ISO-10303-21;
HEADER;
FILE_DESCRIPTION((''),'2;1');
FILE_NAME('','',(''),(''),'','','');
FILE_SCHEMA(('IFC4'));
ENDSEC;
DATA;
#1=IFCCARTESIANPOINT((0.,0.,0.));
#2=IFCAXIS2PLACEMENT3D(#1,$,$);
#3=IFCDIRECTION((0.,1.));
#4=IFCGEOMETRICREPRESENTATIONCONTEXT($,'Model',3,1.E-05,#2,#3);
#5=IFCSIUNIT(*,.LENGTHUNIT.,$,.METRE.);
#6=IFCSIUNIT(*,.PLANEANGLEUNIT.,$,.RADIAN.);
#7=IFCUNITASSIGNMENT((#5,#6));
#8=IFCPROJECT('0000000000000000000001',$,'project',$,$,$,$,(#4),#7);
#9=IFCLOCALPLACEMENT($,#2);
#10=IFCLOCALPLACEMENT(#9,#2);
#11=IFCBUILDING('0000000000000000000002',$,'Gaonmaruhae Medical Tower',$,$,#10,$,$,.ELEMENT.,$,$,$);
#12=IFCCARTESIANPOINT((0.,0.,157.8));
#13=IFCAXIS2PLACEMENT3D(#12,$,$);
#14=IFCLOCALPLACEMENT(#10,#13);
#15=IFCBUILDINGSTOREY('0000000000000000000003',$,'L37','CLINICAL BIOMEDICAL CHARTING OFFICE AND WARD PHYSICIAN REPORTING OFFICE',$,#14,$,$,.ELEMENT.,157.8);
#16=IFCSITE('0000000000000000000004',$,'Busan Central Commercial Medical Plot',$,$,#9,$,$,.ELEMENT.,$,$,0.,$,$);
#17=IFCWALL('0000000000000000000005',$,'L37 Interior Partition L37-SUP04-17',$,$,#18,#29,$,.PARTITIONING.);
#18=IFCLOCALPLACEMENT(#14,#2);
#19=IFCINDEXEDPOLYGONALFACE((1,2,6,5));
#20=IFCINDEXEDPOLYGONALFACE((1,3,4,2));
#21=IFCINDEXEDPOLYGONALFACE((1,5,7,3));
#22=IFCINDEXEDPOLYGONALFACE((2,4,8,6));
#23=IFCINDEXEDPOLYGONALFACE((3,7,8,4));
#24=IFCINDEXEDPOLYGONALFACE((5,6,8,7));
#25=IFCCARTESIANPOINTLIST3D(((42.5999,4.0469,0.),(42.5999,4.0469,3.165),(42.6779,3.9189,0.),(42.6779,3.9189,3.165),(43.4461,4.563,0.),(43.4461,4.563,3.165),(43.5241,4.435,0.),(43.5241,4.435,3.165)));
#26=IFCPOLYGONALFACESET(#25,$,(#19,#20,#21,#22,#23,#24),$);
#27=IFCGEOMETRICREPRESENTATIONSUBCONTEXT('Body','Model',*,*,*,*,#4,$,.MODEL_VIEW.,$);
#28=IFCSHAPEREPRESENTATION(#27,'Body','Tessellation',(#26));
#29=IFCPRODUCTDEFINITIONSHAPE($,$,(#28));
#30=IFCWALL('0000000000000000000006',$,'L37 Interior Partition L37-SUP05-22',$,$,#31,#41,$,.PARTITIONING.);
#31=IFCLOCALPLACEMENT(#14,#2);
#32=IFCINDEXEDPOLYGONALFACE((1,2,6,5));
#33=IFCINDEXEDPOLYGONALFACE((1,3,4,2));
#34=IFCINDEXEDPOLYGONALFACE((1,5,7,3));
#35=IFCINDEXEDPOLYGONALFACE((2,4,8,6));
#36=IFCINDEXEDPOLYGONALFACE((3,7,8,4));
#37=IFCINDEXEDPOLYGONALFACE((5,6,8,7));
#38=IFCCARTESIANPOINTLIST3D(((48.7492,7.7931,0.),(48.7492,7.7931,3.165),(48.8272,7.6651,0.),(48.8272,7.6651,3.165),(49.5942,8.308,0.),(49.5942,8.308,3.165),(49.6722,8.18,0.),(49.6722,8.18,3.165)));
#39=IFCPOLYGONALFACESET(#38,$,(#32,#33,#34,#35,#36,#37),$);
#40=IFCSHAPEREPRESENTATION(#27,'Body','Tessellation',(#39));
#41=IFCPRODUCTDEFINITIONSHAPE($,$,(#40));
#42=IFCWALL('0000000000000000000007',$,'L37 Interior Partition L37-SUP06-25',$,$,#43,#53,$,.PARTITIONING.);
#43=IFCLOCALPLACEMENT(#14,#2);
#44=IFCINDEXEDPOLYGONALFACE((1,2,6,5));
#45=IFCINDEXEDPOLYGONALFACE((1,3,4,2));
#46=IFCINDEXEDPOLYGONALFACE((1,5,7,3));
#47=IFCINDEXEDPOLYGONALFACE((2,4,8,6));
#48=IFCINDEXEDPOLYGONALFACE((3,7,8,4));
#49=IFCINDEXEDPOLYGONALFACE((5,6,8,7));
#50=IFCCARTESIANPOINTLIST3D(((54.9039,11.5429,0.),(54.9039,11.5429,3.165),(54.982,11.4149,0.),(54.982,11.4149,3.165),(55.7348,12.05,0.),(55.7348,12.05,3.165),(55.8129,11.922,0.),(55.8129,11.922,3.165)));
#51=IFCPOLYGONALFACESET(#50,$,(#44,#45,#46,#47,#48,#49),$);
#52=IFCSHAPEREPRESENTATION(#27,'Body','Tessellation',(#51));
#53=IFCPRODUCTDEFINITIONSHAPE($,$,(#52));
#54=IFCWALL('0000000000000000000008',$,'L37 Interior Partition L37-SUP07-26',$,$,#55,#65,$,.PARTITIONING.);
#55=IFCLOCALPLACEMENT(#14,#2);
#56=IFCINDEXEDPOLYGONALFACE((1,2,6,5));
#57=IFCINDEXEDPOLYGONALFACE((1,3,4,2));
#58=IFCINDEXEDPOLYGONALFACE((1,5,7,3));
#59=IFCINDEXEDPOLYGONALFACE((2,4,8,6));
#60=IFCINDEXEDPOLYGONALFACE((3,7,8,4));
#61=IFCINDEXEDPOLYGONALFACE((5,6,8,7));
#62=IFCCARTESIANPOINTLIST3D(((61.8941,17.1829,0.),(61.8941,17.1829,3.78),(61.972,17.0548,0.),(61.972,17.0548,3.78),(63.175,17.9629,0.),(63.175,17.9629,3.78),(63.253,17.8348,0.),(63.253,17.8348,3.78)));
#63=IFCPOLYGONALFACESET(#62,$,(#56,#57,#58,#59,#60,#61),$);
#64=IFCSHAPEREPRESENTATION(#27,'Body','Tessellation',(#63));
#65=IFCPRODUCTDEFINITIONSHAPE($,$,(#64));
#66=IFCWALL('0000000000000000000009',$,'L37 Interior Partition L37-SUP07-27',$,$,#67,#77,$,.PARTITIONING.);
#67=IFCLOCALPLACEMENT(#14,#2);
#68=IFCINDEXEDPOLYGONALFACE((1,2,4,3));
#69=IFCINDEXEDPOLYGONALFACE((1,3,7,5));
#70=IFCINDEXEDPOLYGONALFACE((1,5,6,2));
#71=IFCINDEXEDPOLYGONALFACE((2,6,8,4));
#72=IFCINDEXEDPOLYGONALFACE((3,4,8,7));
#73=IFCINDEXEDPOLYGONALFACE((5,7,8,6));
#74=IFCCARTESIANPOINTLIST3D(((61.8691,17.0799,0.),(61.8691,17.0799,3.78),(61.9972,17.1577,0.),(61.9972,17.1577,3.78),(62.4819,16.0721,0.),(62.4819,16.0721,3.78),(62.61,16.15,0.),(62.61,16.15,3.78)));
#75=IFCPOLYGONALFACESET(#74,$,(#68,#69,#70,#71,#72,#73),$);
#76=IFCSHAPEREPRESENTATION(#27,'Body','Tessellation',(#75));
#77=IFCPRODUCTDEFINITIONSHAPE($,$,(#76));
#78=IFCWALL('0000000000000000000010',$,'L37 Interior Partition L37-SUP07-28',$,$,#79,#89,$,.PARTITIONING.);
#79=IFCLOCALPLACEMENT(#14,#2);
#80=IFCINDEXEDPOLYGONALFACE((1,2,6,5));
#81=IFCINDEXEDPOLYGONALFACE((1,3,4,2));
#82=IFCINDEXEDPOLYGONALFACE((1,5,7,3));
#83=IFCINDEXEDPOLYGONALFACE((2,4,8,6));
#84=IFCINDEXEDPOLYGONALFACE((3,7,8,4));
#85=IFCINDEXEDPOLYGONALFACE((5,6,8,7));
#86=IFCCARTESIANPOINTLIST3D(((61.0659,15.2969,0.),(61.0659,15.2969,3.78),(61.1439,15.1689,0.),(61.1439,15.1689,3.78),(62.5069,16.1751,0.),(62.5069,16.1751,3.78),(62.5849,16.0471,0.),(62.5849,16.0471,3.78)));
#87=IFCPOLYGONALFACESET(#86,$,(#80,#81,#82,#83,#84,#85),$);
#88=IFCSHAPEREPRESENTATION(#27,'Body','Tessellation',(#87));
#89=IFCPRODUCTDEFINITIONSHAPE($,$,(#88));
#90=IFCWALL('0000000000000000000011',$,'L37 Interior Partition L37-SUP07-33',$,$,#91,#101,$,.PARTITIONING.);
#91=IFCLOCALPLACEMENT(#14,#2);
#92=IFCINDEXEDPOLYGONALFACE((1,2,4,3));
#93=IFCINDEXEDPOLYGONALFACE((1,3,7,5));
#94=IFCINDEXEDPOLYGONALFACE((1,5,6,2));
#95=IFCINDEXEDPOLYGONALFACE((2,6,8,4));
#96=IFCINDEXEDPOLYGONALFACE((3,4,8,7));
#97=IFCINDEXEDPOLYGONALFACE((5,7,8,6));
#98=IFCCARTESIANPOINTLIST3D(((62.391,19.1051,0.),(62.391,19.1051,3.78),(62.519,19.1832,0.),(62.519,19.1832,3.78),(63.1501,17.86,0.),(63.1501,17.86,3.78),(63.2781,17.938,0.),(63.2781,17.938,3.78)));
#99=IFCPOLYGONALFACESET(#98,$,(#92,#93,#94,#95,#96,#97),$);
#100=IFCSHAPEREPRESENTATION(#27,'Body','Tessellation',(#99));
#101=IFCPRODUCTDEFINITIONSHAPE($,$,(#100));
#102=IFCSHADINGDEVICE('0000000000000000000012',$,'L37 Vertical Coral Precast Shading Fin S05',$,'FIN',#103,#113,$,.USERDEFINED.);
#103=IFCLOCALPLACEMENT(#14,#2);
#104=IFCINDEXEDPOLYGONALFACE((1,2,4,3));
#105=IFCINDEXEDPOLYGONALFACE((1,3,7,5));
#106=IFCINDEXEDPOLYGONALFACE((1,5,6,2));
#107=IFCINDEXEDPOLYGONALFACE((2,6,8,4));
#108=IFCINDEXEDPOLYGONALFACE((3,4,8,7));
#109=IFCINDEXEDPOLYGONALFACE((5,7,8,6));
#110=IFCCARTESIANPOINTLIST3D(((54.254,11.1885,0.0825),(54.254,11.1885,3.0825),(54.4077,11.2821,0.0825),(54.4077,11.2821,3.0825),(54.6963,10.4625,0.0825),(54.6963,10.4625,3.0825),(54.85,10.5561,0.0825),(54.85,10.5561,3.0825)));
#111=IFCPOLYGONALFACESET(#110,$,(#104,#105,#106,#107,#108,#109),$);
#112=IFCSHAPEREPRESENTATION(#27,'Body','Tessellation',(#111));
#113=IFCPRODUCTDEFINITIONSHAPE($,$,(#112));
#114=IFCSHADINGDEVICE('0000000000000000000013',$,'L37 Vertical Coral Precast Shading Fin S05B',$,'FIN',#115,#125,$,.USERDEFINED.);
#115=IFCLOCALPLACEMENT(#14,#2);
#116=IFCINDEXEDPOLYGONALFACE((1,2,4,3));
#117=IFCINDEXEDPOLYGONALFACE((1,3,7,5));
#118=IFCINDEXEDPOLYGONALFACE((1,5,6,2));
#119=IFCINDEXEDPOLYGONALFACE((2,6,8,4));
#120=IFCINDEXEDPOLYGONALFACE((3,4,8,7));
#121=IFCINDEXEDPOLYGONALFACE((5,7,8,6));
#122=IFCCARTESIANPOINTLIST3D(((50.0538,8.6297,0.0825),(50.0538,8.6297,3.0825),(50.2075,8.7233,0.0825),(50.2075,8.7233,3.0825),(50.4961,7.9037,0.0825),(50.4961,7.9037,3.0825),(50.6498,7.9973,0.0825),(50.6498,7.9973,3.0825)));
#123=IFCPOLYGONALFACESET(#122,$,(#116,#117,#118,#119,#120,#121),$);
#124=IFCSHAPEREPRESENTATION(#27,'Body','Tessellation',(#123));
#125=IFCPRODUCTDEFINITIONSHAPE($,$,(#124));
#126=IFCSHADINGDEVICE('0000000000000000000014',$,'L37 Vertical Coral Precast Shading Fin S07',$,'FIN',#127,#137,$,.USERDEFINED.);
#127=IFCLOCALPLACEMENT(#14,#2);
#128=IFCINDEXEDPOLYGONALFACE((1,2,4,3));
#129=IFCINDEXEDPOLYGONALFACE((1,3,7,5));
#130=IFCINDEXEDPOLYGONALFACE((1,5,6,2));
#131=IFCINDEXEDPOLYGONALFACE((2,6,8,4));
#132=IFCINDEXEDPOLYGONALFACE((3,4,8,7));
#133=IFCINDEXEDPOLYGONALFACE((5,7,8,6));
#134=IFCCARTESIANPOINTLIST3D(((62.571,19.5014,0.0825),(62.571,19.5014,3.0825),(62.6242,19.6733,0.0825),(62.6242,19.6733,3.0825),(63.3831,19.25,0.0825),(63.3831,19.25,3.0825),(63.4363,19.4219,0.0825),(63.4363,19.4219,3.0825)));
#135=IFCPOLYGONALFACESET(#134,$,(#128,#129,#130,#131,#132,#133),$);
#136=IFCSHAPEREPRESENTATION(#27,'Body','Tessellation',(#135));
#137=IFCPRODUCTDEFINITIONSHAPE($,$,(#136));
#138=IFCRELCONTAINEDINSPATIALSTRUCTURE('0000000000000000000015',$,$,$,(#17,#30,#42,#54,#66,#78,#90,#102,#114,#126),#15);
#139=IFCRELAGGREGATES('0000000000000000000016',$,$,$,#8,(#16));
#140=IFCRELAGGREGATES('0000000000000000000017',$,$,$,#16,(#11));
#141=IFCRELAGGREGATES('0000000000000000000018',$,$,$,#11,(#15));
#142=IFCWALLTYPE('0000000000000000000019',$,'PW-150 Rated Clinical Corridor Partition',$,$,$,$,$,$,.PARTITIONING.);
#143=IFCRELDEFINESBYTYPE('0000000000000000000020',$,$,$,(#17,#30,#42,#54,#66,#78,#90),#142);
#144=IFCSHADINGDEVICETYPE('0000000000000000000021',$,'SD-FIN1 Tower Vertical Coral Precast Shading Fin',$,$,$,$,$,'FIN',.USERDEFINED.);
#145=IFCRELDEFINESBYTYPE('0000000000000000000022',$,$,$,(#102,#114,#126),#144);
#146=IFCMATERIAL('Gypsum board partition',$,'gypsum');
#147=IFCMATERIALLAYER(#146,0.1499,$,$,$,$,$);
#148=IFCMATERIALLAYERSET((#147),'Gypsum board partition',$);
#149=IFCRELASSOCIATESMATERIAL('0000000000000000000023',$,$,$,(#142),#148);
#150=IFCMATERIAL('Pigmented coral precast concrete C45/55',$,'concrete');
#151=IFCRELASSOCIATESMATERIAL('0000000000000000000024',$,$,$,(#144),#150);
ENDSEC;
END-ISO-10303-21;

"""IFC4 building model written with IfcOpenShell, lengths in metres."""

from ifc_helpers import new_model, si_unit, direction, frame, frame_2d, origin, origin_2d, place, context, subcontext, project, spatial, rectangle, extrude, material, layer, layer_set, type_object, element, save


model = new_model("IFC4")

# Units and contexts
model_context = context("Model", 3, precision=1e-05, world=origin(), true_north=direction((0.0, 1.0)))
body_context = subcontext(model_context, "Body", "Model", "MODEL_VIEW")
ifc_project = project(units=[si_unit("LENGTHUNIT", "METRE"), si_unit("PLANEANGLEUNIT", "RADIAN")], contexts=[model_context])

# Site, building, storey
site_placement = place(None, origin())
site = spatial("IfcSite", under=ifc_project, at=site_placement, Name="Busan Central Commercial Medical Plot", CompositionType="ELEMENT", RefElevation=0.0)
building_placement = place(site_placement, origin())
building = spatial("IfcBuilding", under=site, at=building_placement, Name="Gaonmaruhae Medical Tower", CompositionType="ELEMENT")
storey_placement = place(building_placement, frame((0.0, 0.0, 157.8)))
storey = spatial("IfcBuildingStorey", under=building, at=storey_placement, Name="L37", Description="CLINICAL BIOMEDICAL CHARTING OFFICE AND WARD PHYSICIAN REPORTING OFFICE", CompositionType="ELEMENT", Elevation=157.8)

# Walls
ifc_material_1 = material(Name="Gypsum board partition", Category="gypsum")
ifc_layer_1 = layer(ifc_material_1, 0.1499)
ifc_layer_set_1 = layer_set([ifc_layer_1], Name="Gypsum board partition")
wall_type_1 = type_object("IfcWallType", Name="PW-150 Rated Clinical Corridor Partition", PredefinedType="PARTITIONING", material=ifc_layer_set_1)
wall_1_placement = place(storey_placement, frame((43.4851, 4.499, 0.0), z_axis=(0.0, 0.0, 1.0), x_axis=(-0.853732, -0.520713, 0.0)))
element("IfcWall", 1, at=wall_1_placement, inside=storey, type_object=wall_type_1, Name="L37 Interior Partition L37-SUP04-17", PredefinedType="PARTITIONING", context=body_context, shape_type="SweptSolid", body=[
    extrude(rectangle(XDim=0.9912, YDim=0.1499, at=frame_2d((0.4956, 0.0))), origin(), (0.0, 0.0, 1.0), 3.165),
])
wall_2_placement = place(storey_placement, frame((49.6331, 8.2439, 0.0), z_axis=(0.0, 0.0, 1.0), x_axis=(-0.853946, -0.520362, 0.0)))
element("IfcWall", 2, at=wall_2_placement, inside=storey, type_object=wall_type_1, Name="L37 Interior Partition L37-SUP05-22", PredefinedType="PARTITIONING", context=body_context, shape_type="SweptSolid", body=[
    extrude(rectangle(XDim=0.9895, YDim=0.1499, at=frame_2d((0.4946, 0.0))), origin(), (0.0, 0.0, 1.0), 3.165),
])
wall_3_placement = place(storey_placement, frame((55.7739, 11.9861, 0.0), z_axis=(0.0, 0.0, 1.0), x_axis=(-0.853573, -0.520973, 0.0)))
element("IfcWall", 3, at=wall_3_placement, inside=storey, type_object=wall_type_1, Name="L37 Interior Partition L37-SUP06-25", PredefinedType="PARTITIONING", context=body_context, shape_type="SweptSolid", body=[
    extrude(rectangle(XDim=0.9734, YDim=0.1499, at=frame_2d((0.4868, 0.0))), origin(), (0.0, 0.0, 1.0), 3.165),
])
wall_4_placement = place(storey_placement, frame((63.2141, 17.8989, 0.0), z_axis=(0.0, 0.0, 1.0), x_axis=(-0.854114, -0.520086, 0.0)))
element("IfcWall", 4, at=wall_4_placement, inside=storey, type_object=wall_type_1, Name="L37 Interior Partition L37-SUP07-26", PredefinedType="PARTITIONING", context=body_context, shape_type="SweptSolid", body=[
    extrude(rectangle(XDim=1.4998, YDim=0.1499, at=frame_2d((0.75, 0.0))), origin(), (0.0, 0.0, 1.0), 3.78),
])
wall_5_placement = place(storey_placement, frame((61.9331, 17.1189, 0.0), z_axis=(0.0, 0.0, 1.0), x_axis=(0.51954, -0.854446, 0.0)))
element("IfcWall", 5, at=wall_5_placement, inside=storey, type_object=wall_type_1, Name="L37 Interior Partition L37-SUP07-27", PredefinedType="PARTITIONING", context=body_context, shape_type="SweptSolid", body=[
    extrude(rectangle(XDim=1.1794, YDim=0.1499, at=frame_2d((0.5898, 0.0))), origin(), (0.0, 0.0, 1.0), 3.78),
])
wall_6_placement = place(storey_placement, frame((62.5459, 16.1111, 0.0), z_axis=(0.0, 0.0, 1.0), x_axis=(-0.853911, -0.52042, 0.0)))
element("IfcWall", 6, at=wall_6_placement, inside=storey, type_object=wall_type_1, Name="L37 Interior Partition L37-SUP07-28", PredefinedType="PARTITIONING", context=body_context, shape_type="SweptSolid", body=[
    extrude(rectangle(XDim=1.6875, YDim=0.1499, at=frame_2d((0.8438, 0.0))), origin(), (0.0, 0.0, 1.0), 3.78),
])
wall_7_placement = place(storey_placement, frame((62.4551, 19.144, 0.0), z_axis=(0.0, 0.0, 1.0), x_axis=(0.520515, -0.853852, 0.0)))
element("IfcWall", 7, at=wall_7_placement, inside=storey, type_object=wall_type_1, Name="L37 Interior Partition L37-SUP07-33", PredefinedType="PARTITIONING", context=body_context, shape_type="SweptSolid", body=[
    extrude(rectangle(XDim=1.4583, YDim=0.1499, at=frame_2d((0.729, 0.0))), origin(), (0.0, 0.0, 1.0), 3.78),
])

# Shading devices
ifc_material_2 = material(Name="Pigmented coral precast concrete C45/55", Category="concrete")
shading_device_type = type_object("IfcShadingDeviceType", Name="SD-FIN1 Tower Vertical Coral Precast Shading Fin", ElementType="FIN", PredefinedType="USERDEFINED", material=ifc_material_2)
for number, where, z_axis, x_axis, name in (
    (8, (54.552, 10.8723, 0.0825), (0.0, 0.0, 1.0), (-0.854005, -0.520265, 0.0), "L37 Vertical Coral Precast Shading Fin S05"),
    (9, (50.3518, 8.3135, 0.0825), (0.0, 0.0, 1.0), (-0.854005, -0.520265, 0.0), "L37 Vertical Coral Precast Shading Fin S05B"),
    (10, (63.0037, 19.4617, 0.0825), (0.0, 0.0, 1.0), (-0.295741, -0.955268, 0.0), "L37 Vertical Coral Precast Shading Fin S07"),
):
    element("IfcShadingDevice", number, at=place(storey_placement, frame(where, z_axis=z_axis, x_axis=x_axis)), inside=storey, type_object=shading_device_type, Name=name, ObjectType="FIN", PredefinedType="USERDEFINED", context=body_context, shape_type="SweptSolid", body=[
        extrude(rectangle(XDim=0.1799, YDim=0.8501, at=origin_2d()), origin(), (0.0, 0.0, 1.0), 3.0),
    ])

save(model, "model.ifc")
